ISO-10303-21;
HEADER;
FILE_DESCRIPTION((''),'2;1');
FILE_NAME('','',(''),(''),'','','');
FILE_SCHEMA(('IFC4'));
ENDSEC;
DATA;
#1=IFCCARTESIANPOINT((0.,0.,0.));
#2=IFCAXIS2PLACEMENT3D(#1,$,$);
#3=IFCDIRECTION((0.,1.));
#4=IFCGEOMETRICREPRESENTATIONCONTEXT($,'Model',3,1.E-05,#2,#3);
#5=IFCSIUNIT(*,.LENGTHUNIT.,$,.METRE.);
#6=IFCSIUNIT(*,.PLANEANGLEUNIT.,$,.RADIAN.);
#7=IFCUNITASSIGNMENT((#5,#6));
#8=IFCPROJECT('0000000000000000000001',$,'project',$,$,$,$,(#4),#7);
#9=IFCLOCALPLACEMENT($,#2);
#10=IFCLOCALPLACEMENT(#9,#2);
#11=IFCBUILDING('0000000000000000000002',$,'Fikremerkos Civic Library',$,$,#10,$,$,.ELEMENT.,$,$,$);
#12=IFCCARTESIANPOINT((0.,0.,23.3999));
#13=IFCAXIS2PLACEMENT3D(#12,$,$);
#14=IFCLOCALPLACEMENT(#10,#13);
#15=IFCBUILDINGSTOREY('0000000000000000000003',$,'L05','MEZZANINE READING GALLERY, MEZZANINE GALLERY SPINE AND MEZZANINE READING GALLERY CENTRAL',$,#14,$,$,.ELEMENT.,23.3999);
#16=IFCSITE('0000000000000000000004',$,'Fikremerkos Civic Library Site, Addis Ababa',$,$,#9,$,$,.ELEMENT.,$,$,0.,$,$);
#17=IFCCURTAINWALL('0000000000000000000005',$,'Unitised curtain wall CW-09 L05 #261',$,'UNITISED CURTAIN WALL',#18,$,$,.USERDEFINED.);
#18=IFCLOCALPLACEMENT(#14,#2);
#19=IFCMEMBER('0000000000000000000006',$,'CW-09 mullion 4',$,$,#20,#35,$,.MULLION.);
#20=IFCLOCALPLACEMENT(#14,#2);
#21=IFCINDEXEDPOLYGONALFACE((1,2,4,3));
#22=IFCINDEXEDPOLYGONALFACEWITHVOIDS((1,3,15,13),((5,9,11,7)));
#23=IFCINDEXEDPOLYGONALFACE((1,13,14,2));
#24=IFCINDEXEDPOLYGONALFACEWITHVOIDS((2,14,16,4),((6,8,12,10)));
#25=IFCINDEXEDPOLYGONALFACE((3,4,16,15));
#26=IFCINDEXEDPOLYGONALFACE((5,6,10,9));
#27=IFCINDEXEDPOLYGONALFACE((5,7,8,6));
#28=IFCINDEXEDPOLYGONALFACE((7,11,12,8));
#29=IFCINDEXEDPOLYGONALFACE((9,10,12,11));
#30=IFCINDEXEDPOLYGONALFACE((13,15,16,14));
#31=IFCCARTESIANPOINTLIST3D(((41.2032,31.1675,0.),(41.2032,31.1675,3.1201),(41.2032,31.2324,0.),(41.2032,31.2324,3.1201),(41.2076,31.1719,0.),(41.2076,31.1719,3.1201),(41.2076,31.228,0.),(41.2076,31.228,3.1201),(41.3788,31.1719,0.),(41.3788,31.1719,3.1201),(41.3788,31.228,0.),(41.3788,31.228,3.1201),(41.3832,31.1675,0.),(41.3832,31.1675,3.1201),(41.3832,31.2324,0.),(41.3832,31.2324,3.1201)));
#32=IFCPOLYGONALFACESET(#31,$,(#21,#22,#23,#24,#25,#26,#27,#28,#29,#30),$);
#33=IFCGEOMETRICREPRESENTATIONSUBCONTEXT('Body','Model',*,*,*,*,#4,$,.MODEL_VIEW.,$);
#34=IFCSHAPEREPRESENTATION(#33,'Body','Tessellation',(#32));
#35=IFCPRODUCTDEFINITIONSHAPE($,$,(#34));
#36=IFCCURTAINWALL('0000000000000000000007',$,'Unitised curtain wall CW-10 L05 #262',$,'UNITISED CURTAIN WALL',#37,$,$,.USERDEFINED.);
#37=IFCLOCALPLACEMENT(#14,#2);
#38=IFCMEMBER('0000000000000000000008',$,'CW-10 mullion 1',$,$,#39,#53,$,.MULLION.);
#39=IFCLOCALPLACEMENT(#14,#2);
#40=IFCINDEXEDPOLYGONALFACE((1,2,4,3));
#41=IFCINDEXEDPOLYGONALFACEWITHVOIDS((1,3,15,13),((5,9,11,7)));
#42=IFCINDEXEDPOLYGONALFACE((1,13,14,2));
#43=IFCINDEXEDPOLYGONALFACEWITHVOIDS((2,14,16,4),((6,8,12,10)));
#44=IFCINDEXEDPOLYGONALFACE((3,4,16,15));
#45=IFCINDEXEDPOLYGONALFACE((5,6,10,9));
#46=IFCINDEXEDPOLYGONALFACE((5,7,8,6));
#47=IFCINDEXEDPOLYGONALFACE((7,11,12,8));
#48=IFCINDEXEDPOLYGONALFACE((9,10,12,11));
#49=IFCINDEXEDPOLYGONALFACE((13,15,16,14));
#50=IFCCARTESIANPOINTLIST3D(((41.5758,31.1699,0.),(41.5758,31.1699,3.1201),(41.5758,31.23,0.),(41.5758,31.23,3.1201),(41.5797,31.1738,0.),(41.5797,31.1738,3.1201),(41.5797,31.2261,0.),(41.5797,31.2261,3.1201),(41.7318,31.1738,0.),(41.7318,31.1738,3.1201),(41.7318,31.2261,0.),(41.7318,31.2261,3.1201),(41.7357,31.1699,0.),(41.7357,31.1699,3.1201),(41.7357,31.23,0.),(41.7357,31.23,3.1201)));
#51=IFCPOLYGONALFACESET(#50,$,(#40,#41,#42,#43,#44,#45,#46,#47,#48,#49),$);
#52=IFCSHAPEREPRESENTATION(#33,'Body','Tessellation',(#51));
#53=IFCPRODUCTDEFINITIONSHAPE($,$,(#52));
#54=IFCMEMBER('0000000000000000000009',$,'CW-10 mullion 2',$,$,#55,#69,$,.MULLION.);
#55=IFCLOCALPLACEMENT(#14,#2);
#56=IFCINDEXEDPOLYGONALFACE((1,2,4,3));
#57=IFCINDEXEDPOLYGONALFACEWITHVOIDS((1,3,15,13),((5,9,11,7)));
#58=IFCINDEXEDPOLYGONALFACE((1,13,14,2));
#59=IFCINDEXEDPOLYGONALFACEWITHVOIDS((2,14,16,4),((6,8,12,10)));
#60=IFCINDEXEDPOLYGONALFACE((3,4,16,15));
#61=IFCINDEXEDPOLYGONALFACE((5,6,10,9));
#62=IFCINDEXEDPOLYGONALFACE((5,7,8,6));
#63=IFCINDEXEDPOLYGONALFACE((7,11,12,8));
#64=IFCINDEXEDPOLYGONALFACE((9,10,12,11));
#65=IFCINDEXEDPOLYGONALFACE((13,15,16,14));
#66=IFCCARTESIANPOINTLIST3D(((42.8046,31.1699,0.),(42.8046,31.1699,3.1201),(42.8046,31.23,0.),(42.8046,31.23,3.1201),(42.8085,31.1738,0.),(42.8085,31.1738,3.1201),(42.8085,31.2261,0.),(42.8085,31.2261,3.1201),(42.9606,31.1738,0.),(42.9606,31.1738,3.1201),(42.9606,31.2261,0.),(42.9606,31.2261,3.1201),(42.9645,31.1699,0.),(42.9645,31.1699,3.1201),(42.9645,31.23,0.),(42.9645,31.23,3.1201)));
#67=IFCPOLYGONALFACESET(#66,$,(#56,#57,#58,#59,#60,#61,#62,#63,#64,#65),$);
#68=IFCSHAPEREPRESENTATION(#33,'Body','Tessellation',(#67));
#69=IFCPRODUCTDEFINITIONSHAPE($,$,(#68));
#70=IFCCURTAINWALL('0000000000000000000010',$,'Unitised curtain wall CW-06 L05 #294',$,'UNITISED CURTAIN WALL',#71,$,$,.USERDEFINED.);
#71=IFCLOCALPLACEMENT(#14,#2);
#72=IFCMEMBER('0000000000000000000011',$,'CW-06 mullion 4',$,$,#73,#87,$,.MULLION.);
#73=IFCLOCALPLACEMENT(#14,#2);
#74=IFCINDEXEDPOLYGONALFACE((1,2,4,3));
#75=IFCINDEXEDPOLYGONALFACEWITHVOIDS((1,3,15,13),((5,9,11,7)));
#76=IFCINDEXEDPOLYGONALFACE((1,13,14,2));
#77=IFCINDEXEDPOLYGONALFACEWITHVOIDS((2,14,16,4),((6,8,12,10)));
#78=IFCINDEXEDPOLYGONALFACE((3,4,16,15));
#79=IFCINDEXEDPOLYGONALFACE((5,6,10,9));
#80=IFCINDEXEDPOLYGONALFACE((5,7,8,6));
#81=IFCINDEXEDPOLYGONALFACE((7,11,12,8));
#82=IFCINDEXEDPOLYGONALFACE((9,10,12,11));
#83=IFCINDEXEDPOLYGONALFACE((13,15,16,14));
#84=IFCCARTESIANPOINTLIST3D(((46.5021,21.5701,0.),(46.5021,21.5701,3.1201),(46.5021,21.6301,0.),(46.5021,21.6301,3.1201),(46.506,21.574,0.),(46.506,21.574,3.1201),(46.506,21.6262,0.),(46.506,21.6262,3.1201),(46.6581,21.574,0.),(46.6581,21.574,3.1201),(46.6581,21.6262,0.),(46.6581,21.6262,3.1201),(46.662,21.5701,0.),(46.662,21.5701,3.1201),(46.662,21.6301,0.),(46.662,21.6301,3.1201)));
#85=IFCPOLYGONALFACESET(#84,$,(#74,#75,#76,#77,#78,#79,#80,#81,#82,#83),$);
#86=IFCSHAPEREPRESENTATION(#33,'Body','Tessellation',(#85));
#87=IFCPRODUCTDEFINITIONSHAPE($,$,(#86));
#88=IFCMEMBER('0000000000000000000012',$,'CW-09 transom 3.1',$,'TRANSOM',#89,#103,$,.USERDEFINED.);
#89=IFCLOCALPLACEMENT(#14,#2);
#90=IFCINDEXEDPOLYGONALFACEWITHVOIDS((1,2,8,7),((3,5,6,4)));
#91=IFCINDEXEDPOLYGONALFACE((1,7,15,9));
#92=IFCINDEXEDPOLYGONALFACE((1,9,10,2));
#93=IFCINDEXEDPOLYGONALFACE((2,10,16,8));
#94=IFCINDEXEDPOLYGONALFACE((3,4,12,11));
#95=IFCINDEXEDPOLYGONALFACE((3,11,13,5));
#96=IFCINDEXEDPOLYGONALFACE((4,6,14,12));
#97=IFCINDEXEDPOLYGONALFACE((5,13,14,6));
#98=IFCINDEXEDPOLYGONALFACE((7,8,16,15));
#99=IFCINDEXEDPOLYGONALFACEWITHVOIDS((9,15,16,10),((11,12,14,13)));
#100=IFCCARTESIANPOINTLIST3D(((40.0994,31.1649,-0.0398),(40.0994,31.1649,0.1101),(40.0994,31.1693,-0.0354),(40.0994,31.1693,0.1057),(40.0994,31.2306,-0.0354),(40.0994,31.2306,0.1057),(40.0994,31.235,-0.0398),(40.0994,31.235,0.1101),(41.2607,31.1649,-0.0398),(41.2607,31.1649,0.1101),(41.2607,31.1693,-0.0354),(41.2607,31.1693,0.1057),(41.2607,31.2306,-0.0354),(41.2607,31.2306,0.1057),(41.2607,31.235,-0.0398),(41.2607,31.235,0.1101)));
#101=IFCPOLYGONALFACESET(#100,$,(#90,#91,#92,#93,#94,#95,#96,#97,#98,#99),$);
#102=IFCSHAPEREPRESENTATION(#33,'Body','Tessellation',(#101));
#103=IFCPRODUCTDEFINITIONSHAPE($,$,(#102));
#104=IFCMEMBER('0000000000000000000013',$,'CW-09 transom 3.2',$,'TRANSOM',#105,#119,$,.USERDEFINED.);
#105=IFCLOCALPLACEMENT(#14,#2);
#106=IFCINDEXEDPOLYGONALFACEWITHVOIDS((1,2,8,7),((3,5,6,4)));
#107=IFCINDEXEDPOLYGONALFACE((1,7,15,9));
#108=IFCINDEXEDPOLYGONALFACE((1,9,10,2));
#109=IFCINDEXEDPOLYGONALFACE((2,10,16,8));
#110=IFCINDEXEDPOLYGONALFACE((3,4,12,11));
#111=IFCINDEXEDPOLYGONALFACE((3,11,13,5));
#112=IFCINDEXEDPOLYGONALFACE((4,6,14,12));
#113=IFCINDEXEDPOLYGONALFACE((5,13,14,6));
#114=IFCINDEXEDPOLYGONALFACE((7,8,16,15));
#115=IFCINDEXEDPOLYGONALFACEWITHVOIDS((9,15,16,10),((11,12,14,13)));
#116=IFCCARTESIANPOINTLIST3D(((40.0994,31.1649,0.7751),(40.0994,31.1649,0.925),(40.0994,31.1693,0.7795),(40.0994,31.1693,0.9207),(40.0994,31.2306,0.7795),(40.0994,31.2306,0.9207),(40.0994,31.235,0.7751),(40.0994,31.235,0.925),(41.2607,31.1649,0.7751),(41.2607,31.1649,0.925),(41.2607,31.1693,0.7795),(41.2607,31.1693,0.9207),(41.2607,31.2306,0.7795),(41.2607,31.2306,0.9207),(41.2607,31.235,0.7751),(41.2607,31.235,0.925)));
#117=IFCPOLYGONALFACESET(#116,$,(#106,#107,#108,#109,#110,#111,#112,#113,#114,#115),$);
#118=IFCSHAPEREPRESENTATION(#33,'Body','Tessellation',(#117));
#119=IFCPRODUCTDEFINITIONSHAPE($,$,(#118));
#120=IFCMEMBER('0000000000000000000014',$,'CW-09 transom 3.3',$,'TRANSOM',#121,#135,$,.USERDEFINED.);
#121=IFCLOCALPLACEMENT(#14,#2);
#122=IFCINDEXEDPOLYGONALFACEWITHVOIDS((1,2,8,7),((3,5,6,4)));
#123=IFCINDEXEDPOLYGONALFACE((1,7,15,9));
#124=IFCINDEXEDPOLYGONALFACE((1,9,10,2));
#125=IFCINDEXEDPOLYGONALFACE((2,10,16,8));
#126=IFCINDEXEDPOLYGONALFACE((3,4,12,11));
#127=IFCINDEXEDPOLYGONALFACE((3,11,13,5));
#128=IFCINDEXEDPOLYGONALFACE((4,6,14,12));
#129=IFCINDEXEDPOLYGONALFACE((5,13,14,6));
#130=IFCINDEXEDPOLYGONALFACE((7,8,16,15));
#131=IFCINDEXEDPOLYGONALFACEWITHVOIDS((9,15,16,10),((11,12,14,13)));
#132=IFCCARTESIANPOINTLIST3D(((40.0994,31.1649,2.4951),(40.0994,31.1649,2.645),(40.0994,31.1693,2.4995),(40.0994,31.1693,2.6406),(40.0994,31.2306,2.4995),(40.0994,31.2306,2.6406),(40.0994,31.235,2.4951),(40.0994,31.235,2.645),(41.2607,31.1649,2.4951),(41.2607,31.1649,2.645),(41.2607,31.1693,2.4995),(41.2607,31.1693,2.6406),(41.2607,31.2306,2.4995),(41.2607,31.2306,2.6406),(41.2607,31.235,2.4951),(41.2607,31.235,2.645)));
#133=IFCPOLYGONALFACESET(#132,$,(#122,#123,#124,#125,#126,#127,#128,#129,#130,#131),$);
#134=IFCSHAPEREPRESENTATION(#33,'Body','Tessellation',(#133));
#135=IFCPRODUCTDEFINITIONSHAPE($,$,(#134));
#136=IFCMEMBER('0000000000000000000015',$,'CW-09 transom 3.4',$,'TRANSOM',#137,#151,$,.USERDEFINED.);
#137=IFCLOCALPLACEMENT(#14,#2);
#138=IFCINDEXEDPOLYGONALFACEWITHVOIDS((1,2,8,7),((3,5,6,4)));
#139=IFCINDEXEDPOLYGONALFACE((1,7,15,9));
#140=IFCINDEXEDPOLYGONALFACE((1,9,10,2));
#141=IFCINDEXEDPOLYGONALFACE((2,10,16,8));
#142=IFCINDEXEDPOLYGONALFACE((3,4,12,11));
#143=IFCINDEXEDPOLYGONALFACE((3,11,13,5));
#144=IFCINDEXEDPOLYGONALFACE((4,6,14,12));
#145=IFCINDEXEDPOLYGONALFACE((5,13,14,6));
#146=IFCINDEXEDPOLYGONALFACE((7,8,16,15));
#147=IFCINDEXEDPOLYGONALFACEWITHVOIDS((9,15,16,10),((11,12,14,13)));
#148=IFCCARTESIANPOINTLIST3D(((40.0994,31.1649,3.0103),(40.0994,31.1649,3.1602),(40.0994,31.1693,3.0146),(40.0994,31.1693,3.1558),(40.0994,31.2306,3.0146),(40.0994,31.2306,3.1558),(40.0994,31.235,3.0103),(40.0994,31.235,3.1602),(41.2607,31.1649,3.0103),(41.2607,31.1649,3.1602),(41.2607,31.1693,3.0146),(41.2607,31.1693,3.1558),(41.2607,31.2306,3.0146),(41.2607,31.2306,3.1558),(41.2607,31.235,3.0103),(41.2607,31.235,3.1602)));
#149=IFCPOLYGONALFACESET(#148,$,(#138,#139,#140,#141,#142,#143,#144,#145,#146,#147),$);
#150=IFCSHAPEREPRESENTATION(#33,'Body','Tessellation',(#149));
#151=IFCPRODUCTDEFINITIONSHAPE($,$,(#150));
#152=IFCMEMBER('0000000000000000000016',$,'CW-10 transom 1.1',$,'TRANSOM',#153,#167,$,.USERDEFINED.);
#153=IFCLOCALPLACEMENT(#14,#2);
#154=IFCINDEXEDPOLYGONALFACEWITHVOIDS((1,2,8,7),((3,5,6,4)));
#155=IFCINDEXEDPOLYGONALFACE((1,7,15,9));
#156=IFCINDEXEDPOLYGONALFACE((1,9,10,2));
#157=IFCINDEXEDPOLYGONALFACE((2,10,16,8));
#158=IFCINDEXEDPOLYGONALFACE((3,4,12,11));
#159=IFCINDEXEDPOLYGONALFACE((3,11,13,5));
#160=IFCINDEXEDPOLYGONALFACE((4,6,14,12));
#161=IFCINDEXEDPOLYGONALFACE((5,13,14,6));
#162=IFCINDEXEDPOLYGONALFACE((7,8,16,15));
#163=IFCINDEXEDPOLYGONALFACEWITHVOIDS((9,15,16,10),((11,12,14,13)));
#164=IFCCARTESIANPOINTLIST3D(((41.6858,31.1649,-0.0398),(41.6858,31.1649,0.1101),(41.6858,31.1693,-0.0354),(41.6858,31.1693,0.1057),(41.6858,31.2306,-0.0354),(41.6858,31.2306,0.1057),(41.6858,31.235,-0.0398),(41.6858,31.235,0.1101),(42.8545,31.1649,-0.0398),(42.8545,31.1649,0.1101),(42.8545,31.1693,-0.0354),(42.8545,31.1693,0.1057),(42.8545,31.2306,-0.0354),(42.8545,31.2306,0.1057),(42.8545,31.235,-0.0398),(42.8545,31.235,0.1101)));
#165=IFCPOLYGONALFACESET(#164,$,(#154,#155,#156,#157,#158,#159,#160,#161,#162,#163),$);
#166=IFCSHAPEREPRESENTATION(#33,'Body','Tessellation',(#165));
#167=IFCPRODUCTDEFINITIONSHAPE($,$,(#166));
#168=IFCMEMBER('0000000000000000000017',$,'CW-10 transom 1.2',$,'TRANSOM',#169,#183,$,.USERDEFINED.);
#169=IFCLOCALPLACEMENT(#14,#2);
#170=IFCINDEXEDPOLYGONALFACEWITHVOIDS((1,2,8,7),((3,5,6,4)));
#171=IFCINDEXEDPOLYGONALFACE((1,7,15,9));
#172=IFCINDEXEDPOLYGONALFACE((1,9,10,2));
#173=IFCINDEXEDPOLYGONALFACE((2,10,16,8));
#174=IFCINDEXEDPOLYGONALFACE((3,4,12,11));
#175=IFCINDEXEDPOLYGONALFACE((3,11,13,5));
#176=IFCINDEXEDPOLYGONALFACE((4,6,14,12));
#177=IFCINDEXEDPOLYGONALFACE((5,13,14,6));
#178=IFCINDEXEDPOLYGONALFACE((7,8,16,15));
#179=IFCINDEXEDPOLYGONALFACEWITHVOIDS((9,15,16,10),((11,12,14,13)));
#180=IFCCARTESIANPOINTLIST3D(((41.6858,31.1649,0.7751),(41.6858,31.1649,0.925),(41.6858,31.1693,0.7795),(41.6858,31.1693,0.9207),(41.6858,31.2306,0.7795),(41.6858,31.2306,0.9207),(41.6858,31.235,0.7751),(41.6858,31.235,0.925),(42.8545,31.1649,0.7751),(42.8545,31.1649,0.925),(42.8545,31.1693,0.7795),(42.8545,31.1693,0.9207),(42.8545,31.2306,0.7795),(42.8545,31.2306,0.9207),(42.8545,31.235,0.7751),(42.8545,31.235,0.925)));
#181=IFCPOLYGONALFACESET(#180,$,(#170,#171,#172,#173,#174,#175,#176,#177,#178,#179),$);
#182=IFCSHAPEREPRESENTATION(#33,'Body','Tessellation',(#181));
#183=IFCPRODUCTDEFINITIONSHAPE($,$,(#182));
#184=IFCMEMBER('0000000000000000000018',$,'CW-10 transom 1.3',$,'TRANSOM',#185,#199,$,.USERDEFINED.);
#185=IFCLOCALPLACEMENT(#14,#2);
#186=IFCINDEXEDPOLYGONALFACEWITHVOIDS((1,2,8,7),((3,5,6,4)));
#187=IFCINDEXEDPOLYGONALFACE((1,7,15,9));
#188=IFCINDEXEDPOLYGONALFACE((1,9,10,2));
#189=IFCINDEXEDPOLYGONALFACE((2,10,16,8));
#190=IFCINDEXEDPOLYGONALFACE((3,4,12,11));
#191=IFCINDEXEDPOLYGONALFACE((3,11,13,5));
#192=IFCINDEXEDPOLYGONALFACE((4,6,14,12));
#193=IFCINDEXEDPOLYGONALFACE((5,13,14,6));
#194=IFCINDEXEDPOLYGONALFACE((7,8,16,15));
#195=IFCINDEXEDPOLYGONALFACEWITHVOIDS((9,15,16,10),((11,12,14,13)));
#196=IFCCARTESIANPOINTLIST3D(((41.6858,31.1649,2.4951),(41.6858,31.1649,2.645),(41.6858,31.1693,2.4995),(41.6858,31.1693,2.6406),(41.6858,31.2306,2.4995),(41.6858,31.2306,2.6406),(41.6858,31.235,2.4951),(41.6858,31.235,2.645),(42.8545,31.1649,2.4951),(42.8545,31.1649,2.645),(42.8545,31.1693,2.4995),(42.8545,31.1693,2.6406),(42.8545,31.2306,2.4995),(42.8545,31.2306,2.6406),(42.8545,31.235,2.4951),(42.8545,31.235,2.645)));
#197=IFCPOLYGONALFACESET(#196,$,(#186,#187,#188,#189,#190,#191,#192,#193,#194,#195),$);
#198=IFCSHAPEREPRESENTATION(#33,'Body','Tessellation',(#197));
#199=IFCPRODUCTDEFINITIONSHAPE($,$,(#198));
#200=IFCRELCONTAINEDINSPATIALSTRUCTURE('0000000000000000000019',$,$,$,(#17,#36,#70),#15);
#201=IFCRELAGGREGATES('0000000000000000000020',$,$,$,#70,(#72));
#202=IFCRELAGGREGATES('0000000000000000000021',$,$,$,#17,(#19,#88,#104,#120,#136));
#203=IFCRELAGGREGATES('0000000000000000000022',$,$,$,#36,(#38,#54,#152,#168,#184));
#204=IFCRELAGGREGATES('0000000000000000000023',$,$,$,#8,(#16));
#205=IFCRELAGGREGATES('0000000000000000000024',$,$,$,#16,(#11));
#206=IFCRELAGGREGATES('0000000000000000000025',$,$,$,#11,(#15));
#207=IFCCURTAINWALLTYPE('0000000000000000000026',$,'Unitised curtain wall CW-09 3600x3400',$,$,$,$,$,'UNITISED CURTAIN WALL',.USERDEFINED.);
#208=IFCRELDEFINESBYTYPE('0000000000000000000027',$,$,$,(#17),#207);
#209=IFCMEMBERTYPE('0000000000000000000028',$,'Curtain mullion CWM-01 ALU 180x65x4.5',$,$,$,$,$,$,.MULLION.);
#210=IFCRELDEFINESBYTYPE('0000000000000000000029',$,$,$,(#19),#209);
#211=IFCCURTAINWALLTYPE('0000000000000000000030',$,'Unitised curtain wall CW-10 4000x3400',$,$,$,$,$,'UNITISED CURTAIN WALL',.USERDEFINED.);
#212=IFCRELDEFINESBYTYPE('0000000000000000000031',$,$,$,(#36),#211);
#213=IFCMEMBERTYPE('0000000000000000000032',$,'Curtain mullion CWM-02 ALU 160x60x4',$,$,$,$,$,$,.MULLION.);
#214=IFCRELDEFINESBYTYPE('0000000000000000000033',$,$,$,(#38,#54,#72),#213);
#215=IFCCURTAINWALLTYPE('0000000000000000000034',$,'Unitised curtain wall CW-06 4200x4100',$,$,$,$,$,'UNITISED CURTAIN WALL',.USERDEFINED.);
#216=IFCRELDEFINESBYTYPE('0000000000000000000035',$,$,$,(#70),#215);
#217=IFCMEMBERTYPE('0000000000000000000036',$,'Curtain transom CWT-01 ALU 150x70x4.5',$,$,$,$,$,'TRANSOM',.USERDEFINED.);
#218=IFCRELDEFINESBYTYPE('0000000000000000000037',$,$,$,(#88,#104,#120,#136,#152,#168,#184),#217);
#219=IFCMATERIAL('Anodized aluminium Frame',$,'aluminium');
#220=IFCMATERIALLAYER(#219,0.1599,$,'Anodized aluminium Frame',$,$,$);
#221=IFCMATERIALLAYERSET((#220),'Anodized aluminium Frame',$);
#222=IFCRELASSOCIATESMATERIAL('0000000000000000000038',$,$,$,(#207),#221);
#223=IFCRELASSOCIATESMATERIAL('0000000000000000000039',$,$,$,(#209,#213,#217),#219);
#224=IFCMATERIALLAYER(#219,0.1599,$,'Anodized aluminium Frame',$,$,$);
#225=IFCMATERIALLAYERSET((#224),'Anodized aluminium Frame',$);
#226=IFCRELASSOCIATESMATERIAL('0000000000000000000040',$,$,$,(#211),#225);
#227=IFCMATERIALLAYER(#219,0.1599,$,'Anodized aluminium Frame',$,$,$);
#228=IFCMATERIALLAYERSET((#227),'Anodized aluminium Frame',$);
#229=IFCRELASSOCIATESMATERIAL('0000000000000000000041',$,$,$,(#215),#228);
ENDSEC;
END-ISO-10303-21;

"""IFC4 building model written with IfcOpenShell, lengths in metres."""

from ifc_helpers import new_model, si_unit, direction, frame, origin, origin_2d, place, context, subcontext, project, spatial, hollow_rectangle, extrude, material, layer, layer_set, material_profile, profile_set, type_object, element, aggregate, save


model = new_model("IFC4")

# Units and contexts
model_context = context("Model", 3, precision=1e-05, world=origin(), true_north=direction((0.0, 1.0)))
body_context = subcontext(model_context, "Body", "Model", "MODEL_VIEW")
ifc_project = project(units=[si_unit("LENGTHUNIT", "METRE"), si_unit("PLANEANGLEUNIT", "RADIAN")], contexts=[model_context])

# Site, building, storey
site_placement = place(None, origin())
site = spatial("IfcSite", under=ifc_project, at=site_placement, Name="Fikremerkos Civic Library Site, Addis Ababa", CompositionType="ELEMENT", RefElevation=0.0)
building_placement = place(site_placement, origin())
building = spatial("IfcBuilding", under=site, at=building_placement, Name="Fikremerkos Civic Library", CompositionType="ELEMENT")
storey_placement = place(building_placement, frame((0.0, 0.0, 23.3999)))
storey = spatial("IfcBuildingStorey", under=building, at=storey_placement, Name="L05", Description="MEZZANINE READING GALLERY, MEZZANINE GALLERY SPINE AND MEZZANINE READING GALLERY CENTRAL", CompositionType="ELEMENT", Elevation=23.3999)

# Curtain wall, member
ifc_material_1 = material(Name="Anodized aluminium Frame", Category="aluminium")
ifc_layer_1 = layer(ifc_material_1, 0.1599, Name="Anodized aluminium Frame")
ifc_layer_set_1 = layer_set([ifc_layer_1], Name="Anodized aluminium Frame")
curtain_wall_type_1 = type_object("IfcCurtainWallType", Name="Unitised curtain wall CW-09 3600x3400", ElementType="UNITISED CURTAIN WALL", PredefinedType="USERDEFINED", material=ifc_layer_set_1)
curtain_wall_1_placement = place(storey_placement, origin())
curtain_wall_1 = element("IfcCurtainWall", 1, at=curtain_wall_1_placement, inside=storey, type_object=curtain_wall_type_1, Name="Unitised curtain wall CW-09 L05 #261", ObjectType="UNITISED CURTAIN WALL", PredefinedType="USERDEFINED")
ifc_material_profile_1 = material_profile(ifc_material_1, hollow_rectangle(XDim=0.0649, YDim=0.1799, WallThickness=0.0044, at=origin_2d()), Name="ALU 180x65x4.5")
ifc_profile_set_1 = profile_set([ifc_material_profile_1], Name="Anodized aluminium Frame")
member_type_1 = type_object("IfcMemberType", Name="Curtain mullion CWM-01 ALU 180x65x4.5", PredefinedType="MULLION", material=ifc_profile_set_1)
member_1_placement = place(storey_placement, frame((41.2932, 31.2, 0.0), z_axis=(0.0, 0.0, 1.0), x_axis=(0.0, 1.0, 0.0)))
member_1 = element("IfcMember", 2, at=member_1_placement, type_object=member_type_1, Name="CW-09 mullion 4", PredefinedType="MULLION", context=body_context, shape_type="SweptSolid", body=[
    extrude(hollow_rectangle(XDim=0.0649, YDim=0.1799, WallThickness=0.0044, at=origin_2d()), origin(), (0.0, 0.0, 1.0), 3.1201),
])

# Curtain wall, members
ifc_layer_2 = layer(ifc_material_1, 0.1599, Name="Anodized aluminium Frame")
ifc_layer_set_2 = layer_set([ifc_layer_2], Name="Anodized aluminium Frame")
curtain_wall_type_2 = type_object("IfcCurtainWallType", Name="Unitised curtain wall CW-10 4000x3400", ElementType="UNITISED CURTAIN WALL", PredefinedType="USERDEFINED", material=ifc_layer_set_2)
curtain_wall_2_placement = place(storey_placement, origin())
curtain_wall_2 = element("IfcCurtainWall", 3, at=curtain_wall_2_placement, inside=storey, type_object=curtain_wall_type_2, Name="Unitised curtain wall CW-10 L05 #262", ObjectType="UNITISED CURTAIN WALL", PredefinedType="USERDEFINED")
ifc_material_profile_2 = material_profile(ifc_material_1, hollow_rectangle(XDim=0.0601, YDim=0.1599, WallThickness=0.0039, at=origin_2d()), Name="ALU 160x60x4")
ifc_profile_set_2 = profile_set([ifc_material_profile_2], Name="Anodized aluminium Frame")
member_type_2 = type_object("IfcMemberType", Name="Curtain mullion CWM-02 ALU 160x60x4", PredefinedType="MULLION", material=ifc_profile_set_2)
member_2_placement = place(storey_placement, frame((41.6558, 31.2, 0.0), z_axis=(0.0, 0.0, 1.0), x_axis=(0.0, 1.0, 0.0)))
member_2 = element("IfcMember", 4, at=member_2_placement, type_object=member_type_2, Name="CW-10 mullion 1", PredefinedType="MULLION", context=body_context, shape_type="SweptSolid", body=[
    extrude(hollow_rectangle(XDim=0.0601, YDim=0.1599, WallThickness=0.0039, at=origin_2d()), origin(), (0.0, 0.0, 1.0), 3.1201),
])
member_3_placement = place(storey_placement, frame((42.8845, 31.2, 0.0), z_axis=(0.0, 0.0, 1.0), x_axis=(0.0, 1.0, 0.0)))
member_3 = element("IfcMember", 5, at=member_3_placement, type_object=member_type_2, Name="CW-10 mullion 2", PredefinedType="MULLION", context=body_context, shape_type="SweptSolid", body=[
    extrude(hollow_rectangle(XDim=0.0601, YDim=0.1599, WallThickness=0.0039, at=origin_2d()), origin(), (0.0, 0.0, 1.0), 3.1201),
])

# Curtain wall, member
ifc_layer_3 = layer(ifc_material_1, 0.1599, Name="Anodized aluminium Frame")
ifc_layer_set_3 = layer_set([ifc_layer_3], Name="Anodized aluminium Frame")
curtain_wall_type_3 = type_object("IfcCurtainWallType", Name="Unitised curtain wall CW-06 4200x4100", ElementType="UNITISED CURTAIN WALL", PredefinedType="USERDEFINED", material=ifc_layer_set_3)
curtain_wall_3_placement = place(storey_placement, origin())
curtain_wall_3 = element("IfcCurtainWall", 6, at=curtain_wall_3_placement, inside=storey, type_object=curtain_wall_type_3, Name="Unitised curtain wall CW-06 L05 #294", ObjectType="UNITISED CURTAIN WALL", PredefinedType="USERDEFINED")
member_4_placement = place(storey_placement, frame((46.582, 21.6001, 0.0), z_axis=(0.0, 0.0, 1.0), x_axis=(0.0, -1.0, 0.0)))
member_4 = element("IfcMember", 7, at=member_4_placement, type_object=member_type_2, Name="CW-06 mullion 4", PredefinedType="MULLION", context=body_context, shape_type="SweptSolid", body=[
    extrude(hollow_rectangle(XDim=0.0601, YDim=0.1599, WallThickness=0.0039, at=origin_2d()), origin(), (0.0, 0.0, 1.0), 3.1201),
])
aggregate(curtain_wall_3, [member_4])

# Members
ifc_material_profile_3 = material_profile(ifc_material_1, hollow_rectangle(XDim=0.0701, YDim=0.1499, WallThickness=0.0044, at=origin_2d()), Name="ALU 150x70x4.5")
ifc_profile_set_3 = profile_set([ifc_material_profile_3], Name="Anodized aluminium Frame")
member_type_3 = type_object("IfcMemberType", Name="Curtain transom CWT-01 ALU 150x70x4.5", ElementType="TRANSOM", PredefinedType="USERDEFINED", material=ifc_profile_set_3)
member_5_placement = place(storey_placement, frame((40.0994, 31.2, 0.0352), z_axis=(1.0, 0.0, 0.0), x_axis=(0.0, 1.0, 0.0)))
member_5 = element("IfcMember", 8, at=member_5_placement, type_object=member_type_3, Name="CW-09 transom 3.1", ObjectType="TRANSOM", PredefinedType="USERDEFINED", context=body_context, shape_type="SweptSolid", body=[
    extrude(hollow_rectangle(XDim=0.0701, YDim=0.1499, WallThickness=0.0044, at=origin_2d()), origin(), (0.0, 0.0, 1.0), 1.1614),
])
member_6_placement = place(storey_placement, frame((40.0994, 31.2, 0.8501), z_axis=(1.0, 0.0, 0.0), x_axis=(0.0, 1.0, 0.0)))
member_6 = element("IfcMember", 9, at=member_6_placement, type_object=member_type_3, Name="CW-09 transom 3.2", ObjectType="TRANSOM", PredefinedType="USERDEFINED", context=body_context, shape_type="SweptSolid", body=[
    extrude(hollow_rectangle(XDim=0.0701, YDim=0.1499, WallThickness=0.0044, at=origin_2d()), origin(), (0.0, 0.0, 1.0), 1.1614),
])
member_7_placement = place(storey_placement, frame((40.0994, 31.2, 2.5701), z_axis=(1.0, 0.0, 0.0), x_axis=(0.0, 1.0, 0.0)))
member_7 = element("IfcMember", 10, at=member_7_placement, type_object=member_type_3, Name="CW-09 transom 3.3", ObjectType="TRANSOM", PredefinedType="USERDEFINED", context=body_context, shape_type="SweptSolid", body=[
    extrude(hollow_rectangle(XDim=0.0701, YDim=0.1499, WallThickness=0.0044, at=origin_2d()), origin(), (0.0, 0.0, 1.0), 1.1614),
])
member_8_placement = place(storey_placement, frame((40.0994, 31.2, 3.0852), z_axis=(1.0, 0.0, 0.0), x_axis=(0.0, 1.0, 0.0)))
member_8 = element("IfcMember", 11, at=member_8_placement, type_object=member_type_3, Name="CW-09 transom 3.4", ObjectType="TRANSOM", PredefinedType="USERDEFINED", context=body_context, shape_type="SweptSolid", body=[
    extrude(hollow_rectangle(XDim=0.0701, YDim=0.1499, WallThickness=0.0044, at=origin_2d()), origin(), (0.0, 0.0, 1.0), 1.1614),
])
member_9_placement = place(storey_placement, frame((41.6858, 31.2, 0.0352), z_axis=(1.0, 0.0, 0.0), x_axis=(0.0, 1.0, 0.0)))
member_9 = element("IfcMember", 12, at=member_9_placement, type_object=member_type_3, Name="CW-10 transom 1.1", ObjectType="TRANSOM", PredefinedType="USERDEFINED", context=body_context, shape_type="SweptSolid", body=[
    extrude(hollow_rectangle(XDim=0.0701, YDim=0.1499, WallThickness=0.0044, at=origin_2d()), origin(), (0.0, 0.0, 1.0), 1.1687),
])
member_10_placement = place(storey_placement, frame((41.6858, 31.2, 0.8501), z_axis=(1.0, 0.0, 0.0), x_axis=(0.0, 1.0, 0.0)))
member_10 = element("IfcMember", 13, at=member_10_placement, type_object=member_type_3, Name="CW-10 transom 1.2", ObjectType="TRANSOM", PredefinedType="USERDEFINED", context=body_context, shape_type="SweptSolid", body=[
    extrude(hollow_rectangle(XDim=0.0701, YDim=0.1499, WallThickness=0.0044, at=origin_2d()), origin(), (0.0, 0.0, 1.0), 1.1687),
])
member_11_placement = place(storey_placement, frame((41.6858, 31.2, 2.5701), z_axis=(1.0, 0.0, 0.0), x_axis=(0.0, 1.0, 0.0)))
member_11 = element("IfcMember", 14, at=member_11_placement, type_object=member_type_3, Name="CW-10 transom 1.3", ObjectType="TRANSOM", PredefinedType="USERDEFINED", context=body_context, shape_type="SweptSolid", body=[
    extrude(hollow_rectangle(XDim=0.0701, YDim=0.1499, WallThickness=0.0044, at=origin_2d()), origin(), (0.0, 0.0, 1.0), 1.1687),
])

aggregate(curtain_wall_1, [member_1, member_5, member_6, member_7, member_8])
aggregate(curtain_wall_2, [member_2, member_3, member_9, member_10, member_11])

save(model, "model.ifc")
